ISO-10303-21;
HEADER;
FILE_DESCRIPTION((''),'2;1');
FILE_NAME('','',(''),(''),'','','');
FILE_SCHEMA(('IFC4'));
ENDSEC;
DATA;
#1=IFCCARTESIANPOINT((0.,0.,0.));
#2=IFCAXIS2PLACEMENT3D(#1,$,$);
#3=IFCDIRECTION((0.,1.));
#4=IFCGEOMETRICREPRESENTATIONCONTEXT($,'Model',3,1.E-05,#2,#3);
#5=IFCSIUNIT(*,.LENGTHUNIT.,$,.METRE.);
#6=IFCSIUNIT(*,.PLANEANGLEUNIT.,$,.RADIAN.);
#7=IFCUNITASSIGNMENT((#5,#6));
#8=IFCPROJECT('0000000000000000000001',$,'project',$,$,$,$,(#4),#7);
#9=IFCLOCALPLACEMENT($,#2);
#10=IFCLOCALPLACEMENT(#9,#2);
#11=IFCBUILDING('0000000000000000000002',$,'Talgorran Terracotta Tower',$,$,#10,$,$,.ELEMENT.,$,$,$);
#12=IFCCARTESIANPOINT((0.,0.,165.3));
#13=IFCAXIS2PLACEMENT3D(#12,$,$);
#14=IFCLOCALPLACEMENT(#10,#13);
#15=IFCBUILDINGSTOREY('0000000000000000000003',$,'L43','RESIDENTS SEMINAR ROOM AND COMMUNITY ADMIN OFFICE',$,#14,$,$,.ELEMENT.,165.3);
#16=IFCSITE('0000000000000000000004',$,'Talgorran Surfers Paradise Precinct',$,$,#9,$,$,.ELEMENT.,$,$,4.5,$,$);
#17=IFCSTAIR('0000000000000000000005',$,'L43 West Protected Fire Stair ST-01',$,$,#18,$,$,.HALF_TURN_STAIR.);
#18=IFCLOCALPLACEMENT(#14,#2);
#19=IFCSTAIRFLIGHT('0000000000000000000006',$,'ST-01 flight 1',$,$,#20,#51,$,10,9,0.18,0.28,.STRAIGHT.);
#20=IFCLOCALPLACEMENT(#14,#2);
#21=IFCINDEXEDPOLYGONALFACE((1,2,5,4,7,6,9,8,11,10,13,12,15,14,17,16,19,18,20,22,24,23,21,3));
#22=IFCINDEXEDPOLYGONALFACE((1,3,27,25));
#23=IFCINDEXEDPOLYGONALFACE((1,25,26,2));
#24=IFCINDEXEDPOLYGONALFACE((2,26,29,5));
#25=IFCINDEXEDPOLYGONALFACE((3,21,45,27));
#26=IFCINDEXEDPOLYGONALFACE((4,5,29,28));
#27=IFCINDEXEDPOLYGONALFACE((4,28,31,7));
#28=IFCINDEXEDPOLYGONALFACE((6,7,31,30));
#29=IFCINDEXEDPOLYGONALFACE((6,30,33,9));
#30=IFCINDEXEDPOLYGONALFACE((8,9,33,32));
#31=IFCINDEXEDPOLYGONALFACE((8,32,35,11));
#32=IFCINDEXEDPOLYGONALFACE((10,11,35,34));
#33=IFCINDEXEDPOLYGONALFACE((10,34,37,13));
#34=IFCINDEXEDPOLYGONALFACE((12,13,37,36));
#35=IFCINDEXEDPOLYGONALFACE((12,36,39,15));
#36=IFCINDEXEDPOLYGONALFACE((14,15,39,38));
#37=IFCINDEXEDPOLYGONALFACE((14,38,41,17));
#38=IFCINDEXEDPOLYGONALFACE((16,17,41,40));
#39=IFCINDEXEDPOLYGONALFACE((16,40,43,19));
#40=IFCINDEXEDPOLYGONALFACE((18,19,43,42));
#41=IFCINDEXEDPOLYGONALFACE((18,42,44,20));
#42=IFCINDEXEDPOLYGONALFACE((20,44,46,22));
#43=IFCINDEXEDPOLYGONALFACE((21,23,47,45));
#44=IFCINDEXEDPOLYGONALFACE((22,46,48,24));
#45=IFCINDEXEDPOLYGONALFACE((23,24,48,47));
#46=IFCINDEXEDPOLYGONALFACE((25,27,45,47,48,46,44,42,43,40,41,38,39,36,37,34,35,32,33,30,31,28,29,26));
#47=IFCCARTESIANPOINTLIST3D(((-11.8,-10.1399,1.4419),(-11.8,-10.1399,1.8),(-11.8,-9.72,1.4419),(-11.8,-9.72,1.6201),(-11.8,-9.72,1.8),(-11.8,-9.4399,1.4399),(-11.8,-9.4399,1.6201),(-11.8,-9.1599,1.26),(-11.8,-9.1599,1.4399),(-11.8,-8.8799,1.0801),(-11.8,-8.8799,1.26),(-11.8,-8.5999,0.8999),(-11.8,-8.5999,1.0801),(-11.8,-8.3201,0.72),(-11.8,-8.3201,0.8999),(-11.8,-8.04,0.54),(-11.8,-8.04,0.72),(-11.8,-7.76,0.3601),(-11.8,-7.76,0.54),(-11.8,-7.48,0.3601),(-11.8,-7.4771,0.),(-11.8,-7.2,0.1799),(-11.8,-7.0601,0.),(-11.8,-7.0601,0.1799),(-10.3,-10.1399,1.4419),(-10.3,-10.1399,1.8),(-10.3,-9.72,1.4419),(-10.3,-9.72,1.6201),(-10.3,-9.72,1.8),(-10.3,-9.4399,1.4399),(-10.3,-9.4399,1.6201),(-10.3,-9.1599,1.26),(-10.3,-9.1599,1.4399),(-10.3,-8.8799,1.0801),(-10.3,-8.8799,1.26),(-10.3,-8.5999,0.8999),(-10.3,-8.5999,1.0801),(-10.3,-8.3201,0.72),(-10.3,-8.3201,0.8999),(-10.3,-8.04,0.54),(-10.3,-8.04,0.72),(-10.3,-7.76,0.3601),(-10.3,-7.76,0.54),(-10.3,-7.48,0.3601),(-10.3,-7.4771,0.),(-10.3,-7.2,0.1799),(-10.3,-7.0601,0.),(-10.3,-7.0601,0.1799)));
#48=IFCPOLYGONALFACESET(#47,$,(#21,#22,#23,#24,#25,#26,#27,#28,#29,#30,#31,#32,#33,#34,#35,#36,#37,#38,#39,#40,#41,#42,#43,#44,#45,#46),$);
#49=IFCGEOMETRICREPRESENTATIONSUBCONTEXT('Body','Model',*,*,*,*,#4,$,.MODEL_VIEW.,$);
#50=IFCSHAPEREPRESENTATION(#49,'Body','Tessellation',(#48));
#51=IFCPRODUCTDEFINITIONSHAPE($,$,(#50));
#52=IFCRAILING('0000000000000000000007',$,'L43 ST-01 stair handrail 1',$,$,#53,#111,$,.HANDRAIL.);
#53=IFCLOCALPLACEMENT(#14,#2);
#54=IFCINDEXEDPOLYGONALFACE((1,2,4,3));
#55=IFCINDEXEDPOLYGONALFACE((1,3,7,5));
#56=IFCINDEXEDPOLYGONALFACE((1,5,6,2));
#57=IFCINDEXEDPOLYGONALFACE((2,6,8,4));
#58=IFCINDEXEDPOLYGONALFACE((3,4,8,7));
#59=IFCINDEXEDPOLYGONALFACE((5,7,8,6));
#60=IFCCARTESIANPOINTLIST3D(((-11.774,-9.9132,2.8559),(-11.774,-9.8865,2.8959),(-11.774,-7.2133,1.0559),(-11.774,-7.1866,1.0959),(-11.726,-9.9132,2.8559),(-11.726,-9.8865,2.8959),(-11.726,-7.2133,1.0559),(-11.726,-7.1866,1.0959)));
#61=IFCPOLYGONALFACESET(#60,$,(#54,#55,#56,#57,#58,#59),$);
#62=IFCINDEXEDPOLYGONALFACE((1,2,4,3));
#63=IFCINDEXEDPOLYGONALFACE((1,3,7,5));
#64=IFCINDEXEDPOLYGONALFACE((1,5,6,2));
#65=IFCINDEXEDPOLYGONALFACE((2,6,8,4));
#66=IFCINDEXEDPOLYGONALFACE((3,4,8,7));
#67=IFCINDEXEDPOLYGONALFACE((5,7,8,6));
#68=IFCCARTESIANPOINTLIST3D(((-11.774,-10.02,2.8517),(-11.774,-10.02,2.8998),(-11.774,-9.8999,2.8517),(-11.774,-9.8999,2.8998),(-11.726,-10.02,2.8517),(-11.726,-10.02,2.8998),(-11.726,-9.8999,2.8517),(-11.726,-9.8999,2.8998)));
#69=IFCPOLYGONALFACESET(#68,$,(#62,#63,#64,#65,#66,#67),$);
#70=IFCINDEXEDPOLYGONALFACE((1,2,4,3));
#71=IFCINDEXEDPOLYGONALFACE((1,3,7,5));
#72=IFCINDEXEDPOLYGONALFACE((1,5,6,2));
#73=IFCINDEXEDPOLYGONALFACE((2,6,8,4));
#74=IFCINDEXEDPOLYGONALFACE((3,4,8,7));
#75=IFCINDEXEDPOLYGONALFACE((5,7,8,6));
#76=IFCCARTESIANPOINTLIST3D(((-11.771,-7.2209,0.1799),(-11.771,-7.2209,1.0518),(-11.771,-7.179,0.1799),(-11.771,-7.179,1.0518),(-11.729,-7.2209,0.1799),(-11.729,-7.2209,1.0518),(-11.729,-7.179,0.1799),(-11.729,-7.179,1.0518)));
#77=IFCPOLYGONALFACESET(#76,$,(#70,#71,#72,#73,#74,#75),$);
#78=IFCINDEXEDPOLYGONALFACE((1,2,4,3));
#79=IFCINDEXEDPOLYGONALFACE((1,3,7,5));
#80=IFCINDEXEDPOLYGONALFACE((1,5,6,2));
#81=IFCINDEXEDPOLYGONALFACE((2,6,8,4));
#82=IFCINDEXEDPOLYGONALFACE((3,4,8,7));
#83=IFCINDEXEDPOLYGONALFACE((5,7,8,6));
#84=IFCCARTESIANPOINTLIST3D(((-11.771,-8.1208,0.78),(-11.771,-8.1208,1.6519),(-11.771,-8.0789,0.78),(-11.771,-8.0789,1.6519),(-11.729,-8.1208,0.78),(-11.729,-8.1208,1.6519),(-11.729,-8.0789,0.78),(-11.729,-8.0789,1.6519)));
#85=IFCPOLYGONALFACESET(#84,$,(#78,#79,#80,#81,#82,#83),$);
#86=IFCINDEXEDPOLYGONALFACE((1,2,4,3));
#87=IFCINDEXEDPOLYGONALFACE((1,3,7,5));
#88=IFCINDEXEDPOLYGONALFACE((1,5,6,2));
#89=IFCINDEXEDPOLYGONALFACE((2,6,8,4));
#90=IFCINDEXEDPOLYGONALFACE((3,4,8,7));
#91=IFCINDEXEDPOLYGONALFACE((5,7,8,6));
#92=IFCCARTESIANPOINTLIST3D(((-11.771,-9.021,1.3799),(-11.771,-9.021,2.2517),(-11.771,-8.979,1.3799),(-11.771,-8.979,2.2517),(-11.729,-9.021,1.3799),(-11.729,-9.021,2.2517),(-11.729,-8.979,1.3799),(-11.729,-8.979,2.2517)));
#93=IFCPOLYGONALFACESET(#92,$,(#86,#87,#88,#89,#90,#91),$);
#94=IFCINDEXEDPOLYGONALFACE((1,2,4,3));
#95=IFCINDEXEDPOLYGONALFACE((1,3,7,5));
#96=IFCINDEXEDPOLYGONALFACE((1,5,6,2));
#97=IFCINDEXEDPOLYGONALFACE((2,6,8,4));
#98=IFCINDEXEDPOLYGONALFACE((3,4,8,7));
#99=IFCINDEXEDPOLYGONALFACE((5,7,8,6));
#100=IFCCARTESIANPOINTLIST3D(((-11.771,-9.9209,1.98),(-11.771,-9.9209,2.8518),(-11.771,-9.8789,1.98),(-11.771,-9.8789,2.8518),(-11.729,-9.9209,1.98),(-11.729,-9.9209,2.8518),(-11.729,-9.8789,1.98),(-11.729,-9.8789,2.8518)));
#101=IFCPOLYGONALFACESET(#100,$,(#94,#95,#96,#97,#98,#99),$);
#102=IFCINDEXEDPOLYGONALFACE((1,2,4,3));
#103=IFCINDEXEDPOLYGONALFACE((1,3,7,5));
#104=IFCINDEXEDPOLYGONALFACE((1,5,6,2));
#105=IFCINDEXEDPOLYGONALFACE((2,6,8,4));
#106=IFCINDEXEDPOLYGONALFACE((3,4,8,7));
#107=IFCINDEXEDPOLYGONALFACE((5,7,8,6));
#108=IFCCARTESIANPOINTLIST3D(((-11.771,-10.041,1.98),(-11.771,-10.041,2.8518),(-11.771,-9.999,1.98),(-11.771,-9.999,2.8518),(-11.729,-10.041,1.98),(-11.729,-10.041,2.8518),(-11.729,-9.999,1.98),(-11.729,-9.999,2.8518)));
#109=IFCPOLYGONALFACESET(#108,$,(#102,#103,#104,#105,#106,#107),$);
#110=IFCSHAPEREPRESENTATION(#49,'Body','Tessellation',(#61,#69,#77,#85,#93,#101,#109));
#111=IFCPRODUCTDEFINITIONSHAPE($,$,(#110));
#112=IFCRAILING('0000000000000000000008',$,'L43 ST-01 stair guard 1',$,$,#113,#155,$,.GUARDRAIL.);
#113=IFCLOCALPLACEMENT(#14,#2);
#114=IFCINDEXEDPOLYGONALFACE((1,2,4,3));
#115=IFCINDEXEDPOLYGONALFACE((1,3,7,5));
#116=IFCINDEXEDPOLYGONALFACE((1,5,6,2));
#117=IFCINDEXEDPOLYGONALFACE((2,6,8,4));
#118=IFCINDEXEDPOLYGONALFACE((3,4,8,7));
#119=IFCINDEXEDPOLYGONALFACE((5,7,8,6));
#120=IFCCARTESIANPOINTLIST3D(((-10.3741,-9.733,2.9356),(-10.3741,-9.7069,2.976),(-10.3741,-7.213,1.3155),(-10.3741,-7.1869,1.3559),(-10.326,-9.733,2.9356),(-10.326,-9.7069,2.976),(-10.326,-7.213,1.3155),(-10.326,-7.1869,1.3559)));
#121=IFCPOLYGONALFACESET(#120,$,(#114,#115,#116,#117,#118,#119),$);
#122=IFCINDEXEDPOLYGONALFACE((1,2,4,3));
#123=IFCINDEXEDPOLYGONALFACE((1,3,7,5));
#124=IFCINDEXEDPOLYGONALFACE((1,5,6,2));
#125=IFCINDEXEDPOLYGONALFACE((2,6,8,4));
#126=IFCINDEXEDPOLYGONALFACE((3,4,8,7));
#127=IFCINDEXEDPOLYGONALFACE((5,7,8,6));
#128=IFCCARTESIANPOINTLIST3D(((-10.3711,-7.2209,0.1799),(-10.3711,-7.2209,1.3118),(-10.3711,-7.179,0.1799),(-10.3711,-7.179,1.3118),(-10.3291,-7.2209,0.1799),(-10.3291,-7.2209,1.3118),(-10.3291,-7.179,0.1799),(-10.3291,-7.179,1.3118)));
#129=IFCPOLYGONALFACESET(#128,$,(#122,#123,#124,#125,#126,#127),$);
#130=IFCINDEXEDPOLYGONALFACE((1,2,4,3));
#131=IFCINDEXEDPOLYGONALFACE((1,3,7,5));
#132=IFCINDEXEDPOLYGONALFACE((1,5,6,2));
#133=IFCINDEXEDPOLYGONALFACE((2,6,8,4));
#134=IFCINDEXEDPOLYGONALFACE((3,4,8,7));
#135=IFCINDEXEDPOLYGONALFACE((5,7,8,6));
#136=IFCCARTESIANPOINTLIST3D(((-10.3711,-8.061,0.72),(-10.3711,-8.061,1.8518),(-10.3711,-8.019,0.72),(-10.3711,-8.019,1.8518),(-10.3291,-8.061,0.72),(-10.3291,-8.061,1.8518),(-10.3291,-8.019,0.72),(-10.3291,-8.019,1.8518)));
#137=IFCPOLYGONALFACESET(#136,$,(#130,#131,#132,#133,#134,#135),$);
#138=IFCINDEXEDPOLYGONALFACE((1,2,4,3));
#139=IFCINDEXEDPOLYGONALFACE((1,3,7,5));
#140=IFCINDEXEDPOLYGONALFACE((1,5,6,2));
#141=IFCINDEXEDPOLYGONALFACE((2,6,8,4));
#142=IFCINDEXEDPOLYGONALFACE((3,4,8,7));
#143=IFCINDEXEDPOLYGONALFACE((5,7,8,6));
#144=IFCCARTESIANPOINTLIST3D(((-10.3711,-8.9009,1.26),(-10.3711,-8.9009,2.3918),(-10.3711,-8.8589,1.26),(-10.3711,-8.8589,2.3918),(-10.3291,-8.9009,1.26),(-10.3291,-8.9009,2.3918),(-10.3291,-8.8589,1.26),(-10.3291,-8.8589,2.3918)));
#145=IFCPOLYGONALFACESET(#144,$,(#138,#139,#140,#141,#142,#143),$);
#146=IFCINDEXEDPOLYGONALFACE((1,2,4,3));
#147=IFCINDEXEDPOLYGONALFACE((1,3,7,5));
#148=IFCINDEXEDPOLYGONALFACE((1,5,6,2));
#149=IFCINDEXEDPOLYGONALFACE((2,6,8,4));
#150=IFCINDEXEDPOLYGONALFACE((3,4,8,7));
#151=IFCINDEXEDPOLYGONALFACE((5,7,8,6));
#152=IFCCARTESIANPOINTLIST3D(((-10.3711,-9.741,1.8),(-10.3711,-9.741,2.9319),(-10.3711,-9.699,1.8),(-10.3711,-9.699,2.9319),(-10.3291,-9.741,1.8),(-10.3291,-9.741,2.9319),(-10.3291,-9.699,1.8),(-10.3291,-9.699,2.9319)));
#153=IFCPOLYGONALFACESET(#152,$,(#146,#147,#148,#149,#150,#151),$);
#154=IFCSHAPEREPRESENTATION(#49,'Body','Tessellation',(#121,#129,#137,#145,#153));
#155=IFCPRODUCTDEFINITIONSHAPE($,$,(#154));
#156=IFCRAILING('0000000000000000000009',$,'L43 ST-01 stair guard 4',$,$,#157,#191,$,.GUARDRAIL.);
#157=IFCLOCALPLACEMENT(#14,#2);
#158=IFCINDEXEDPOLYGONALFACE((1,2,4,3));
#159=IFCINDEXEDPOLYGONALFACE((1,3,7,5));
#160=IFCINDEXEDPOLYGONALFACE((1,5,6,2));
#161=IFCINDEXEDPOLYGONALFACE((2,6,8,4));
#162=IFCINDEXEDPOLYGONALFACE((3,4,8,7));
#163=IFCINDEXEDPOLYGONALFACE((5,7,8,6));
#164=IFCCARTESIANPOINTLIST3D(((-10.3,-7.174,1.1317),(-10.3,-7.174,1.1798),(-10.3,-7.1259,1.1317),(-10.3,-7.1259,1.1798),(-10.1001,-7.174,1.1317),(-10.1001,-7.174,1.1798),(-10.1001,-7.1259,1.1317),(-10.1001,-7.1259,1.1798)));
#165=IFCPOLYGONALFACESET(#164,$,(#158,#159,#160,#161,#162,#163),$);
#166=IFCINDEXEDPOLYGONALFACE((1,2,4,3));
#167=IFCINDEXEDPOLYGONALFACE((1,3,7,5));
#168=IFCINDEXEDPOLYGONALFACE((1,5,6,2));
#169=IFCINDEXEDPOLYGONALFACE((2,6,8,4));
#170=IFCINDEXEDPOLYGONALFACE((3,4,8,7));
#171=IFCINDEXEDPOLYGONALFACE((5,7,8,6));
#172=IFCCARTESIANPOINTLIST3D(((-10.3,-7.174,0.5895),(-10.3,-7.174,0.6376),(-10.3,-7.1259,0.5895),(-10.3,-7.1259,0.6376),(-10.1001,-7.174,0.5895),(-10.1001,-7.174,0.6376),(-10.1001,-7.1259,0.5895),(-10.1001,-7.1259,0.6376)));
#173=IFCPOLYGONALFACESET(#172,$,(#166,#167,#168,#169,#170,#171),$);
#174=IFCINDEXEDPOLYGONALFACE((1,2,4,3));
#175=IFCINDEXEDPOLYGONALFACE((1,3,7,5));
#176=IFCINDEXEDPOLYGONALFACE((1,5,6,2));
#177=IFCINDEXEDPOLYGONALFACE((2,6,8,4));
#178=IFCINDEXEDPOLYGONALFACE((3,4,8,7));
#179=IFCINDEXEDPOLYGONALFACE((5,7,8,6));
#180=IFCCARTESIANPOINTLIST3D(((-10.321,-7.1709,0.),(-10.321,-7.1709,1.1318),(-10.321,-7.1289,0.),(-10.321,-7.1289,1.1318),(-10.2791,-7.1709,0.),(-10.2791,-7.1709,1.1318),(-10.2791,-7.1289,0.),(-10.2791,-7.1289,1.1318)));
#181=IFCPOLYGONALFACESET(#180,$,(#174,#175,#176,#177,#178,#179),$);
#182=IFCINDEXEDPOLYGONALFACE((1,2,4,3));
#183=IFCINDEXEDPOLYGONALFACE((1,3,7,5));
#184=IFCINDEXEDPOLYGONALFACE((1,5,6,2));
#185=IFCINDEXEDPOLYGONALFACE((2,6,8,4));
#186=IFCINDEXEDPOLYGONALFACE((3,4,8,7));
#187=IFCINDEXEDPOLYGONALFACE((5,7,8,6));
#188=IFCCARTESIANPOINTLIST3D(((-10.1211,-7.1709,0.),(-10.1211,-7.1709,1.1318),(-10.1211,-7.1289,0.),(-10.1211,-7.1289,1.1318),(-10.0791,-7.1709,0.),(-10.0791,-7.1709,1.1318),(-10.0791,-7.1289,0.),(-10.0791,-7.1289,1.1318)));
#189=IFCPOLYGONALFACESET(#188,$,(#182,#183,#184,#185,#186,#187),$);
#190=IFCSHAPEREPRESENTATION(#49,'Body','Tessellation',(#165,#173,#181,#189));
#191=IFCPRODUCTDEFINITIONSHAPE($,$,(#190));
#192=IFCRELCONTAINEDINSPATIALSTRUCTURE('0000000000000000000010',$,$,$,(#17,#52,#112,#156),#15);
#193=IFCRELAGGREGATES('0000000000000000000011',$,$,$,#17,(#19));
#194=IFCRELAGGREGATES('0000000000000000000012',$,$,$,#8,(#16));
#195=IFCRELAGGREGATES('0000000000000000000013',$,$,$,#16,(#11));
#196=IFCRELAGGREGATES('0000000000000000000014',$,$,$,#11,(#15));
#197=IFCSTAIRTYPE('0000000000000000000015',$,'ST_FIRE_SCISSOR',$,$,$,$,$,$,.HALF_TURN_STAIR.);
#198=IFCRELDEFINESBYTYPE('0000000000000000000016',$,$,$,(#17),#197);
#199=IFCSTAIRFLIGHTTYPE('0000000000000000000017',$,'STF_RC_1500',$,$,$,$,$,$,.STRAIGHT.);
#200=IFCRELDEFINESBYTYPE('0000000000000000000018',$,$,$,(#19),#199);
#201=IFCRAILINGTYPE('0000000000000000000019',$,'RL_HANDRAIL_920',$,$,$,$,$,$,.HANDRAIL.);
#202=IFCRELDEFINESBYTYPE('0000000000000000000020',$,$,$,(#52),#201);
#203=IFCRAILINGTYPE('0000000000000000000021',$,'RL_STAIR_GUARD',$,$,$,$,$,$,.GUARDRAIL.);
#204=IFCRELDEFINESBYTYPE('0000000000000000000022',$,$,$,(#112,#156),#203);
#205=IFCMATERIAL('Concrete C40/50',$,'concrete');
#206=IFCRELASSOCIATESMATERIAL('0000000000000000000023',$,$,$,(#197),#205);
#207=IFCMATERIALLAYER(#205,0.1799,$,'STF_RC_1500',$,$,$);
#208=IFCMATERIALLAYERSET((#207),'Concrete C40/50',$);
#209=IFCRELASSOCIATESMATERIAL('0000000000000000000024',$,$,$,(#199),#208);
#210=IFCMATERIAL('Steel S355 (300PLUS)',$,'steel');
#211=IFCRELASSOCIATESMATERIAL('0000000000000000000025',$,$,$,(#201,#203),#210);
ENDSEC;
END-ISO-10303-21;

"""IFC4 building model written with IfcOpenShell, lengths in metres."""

from ifc_helpers import new_model, si_unit, direction, frame, origin, origin_2d, place, context, subcontext, project, spatial, polyline, rectangle, outline, extrude, material, layer, layer_set, type_object, element, aggregate, save


model = new_model("IFC4")

# Units and contexts
model_context = context("Model", 3, precision=1e-05, world=origin(), true_north=direction((0.0, 1.0)))
body_context = subcontext(model_context, "Body", "Model", "MODEL_VIEW")
ifc_project = project(units=[si_unit("LENGTHUNIT", "METRE"), si_unit("PLANEANGLEUNIT", "RADIAN")], contexts=[model_context])

# Site, building, storey
site_placement = place(None, origin())
site = spatial("IfcSite", under=ifc_project, at=site_placement, Name="Talgorran Surfers Paradise Precinct", CompositionType="ELEMENT", RefElevation=4.5)
building_placement = place(site_placement, origin())
building = spatial("IfcBuilding", under=site, at=building_placement, Name="Talgorran Terracotta Tower", CompositionType="ELEMENT")
storey_placement = place(building_placement, frame((0.0, 0.0, 165.3)))
storey = spatial("IfcBuildingStorey", under=building, at=storey_placement, Name="L43", Description="RESIDENTS SEMINAR ROOM AND COMMUNITY ADMIN OFFICE", CompositionType="ELEMENT", Elevation=165.3)

# Shared definitions
ifc_material_1 = material(Name="Steel S355 (300PLUS)", Category="steel")

# Shared definitions
ifc_material_2 = material(Name="Concrete C40/50", Category="concrete")

# Stair, stair flight
stair_type = type_object("IfcStairType", Name="ST_FIRE_SCISSOR", PredefinedType="HALF_TURN_STAIR", material=ifc_material_2)
stair_placement = place(storey_placement, origin())
stair = element("IfcStair", 1, at=stair_placement, inside=storey, type_object=stair_type, Name="L43 West Protected Fire Stair ST-01", PredefinedType="HALF_TURN_STAIR")
ifc_layer_1 = layer(ifc_material_2, 0.1799, Name="STF_RC_1500")
ifc_layer_set_1 = layer_set([ifc_layer_1], Name="Concrete C40/50")
stair_flight_type = type_object("IfcStairFlightType", Name="STF_RC_1500", PredefinedType="STRAIGHT", material=ifc_layer_set_1)
stair_flight_placement = place(storey_placement, frame((-11.05, -7.2, 0.0), z_axis=(0.0, 0.0, 1.0), x_axis=(0.0, -1.0, 0.0)))
stair_flight = element("IfcStairFlight", 2, at=stair_flight_placement, type_object=stair_flight_type, Name="ST-01 flight 1", NumberOfRisers=10, NumberOfTreads=9, PredefinedType="STRAIGHT", RiserHeight=0.18, TreadLength=0.28, context=body_context, shape_type="SweptSolid", body=[
    extrude(outline(polyline([(-0.1399, 0.0), (-0.1399, 0.1799), (0.0, 0.1799), (0.28, 0.3601), (0.5601, 0.3601), (0.5601, 0.54), (0.8401, 0.54), (0.8401, 0.72), (1.1201, 0.72), (1.1201, 0.8999), (1.3999, 0.8999), (1.3999, 1.0801), (1.6799, 1.0801), (1.6799, 1.26), (1.96, 1.26), (1.96, 1.4399), (2.24, 1.4399), (2.24, 1.6201), (2.52, 1.6201), (2.52, 1.8), (2.9399, 1.8), (2.9399, 1.4419), (2.52, 1.4419), (0.2771, 0.0), (-0.1399, 0.0)])), frame((0.0, 0.75, 0.0), z_axis=(0.0, -1.0, 0.0), x_axis=(1.0, 0.0, 0.0)), (0.0, 0.0, 1.0), 1.5),
])
aggregate(stair, [stair_flight])

# Railings
railing_type_1 = type_object("IfcRailingType", Name="RL_HANDRAIL_920", PredefinedType="HANDRAIL", material=ifc_material_1)
railing_1_placement = place(storey_placement, frame((-11.75, -7.2, 0.1799)))
element("IfcRailing", 3, at=railing_1_placement, inside=storey, type_object=railing_type_1, Name="L43 ST-01 stair handrail 1", PredefinedType="HANDRAIL", context=body_context, shape_type="SweptSolid", body=[
    extrude(rectangle(XDim=0.0481, YDim=0.0481, at=origin_2d()), frame((0.0, 0.0, 0.896), z_axis=(0.0, -0.832039, 0.554718), x_axis=(1.0, 0.0, 0.0)), (0.0, 0.0, 1.0), 3.2449),
    extrude(rectangle(XDim=0.0481, YDim=0.0481, at=origin_2d()), frame((0.0, -2.7, 2.6958), z_axis=(0.0, -1.0, 0.0), x_axis=(1.0, 0.0, 0.0)), (0.0, 0.0, 1.0), 0.1201),
    extrude(rectangle(XDim=0.042, YDim=0.042, at=origin_2d()), origin(), (0.0, 0.0, 1.0), 0.8718),
    extrude(rectangle(XDim=0.042, YDim=0.042, at=origin_2d()), frame((0.0, -0.8999, 0.6001)), (0.0, 0.0, 1.0), 0.8718),
    extrude(rectangle(XDim=0.042, YDim=0.042, at=origin_2d()), frame((0.0, -1.8, 1.2)), (0.0, 0.0, 1.0), 0.8718),
    extrude(rectangle(XDim=0.042, YDim=0.042, at=origin_2d()), frame((0.0, -2.7, 1.8)), (0.0, 0.0, 1.0), 0.8718),
    extrude(rectangle(XDim=0.042, YDim=0.042, at=origin_2d()), frame((0.0, -2.8201, 1.8)), (0.0, 0.0, 1.0), 0.8718),
])
railing_type_2 = type_object("IfcRailingType", Name="RL_STAIR_GUARD", PredefinedType="GUARDRAIL", material=ifc_material_1)
railing_2_placement = place(storey_placement, frame((-10.3501, -7.2, 0.1799)))
element("IfcRailing", 4, at=railing_2_placement, inside=storey, type_object=railing_type_2, Name="L43 ST-01 stair guard 1", PredefinedType="GUARDRAIL", context=body_context, shape_type="SweptSolid", body=[
    extrude(rectangle(XDim=0.0481, YDim=0.0481, at=origin_2d()), frame((0.0, 0.0, 1.1558), z_axis=(0.0, -0.841163, 0.540782), x_axis=(1.0, 0.0, 0.0)), (0.0, 0.0, 1.0), 2.9958),
    extrude(rectangle(XDim=0.042, YDim=0.042, at=origin_2d()), origin(), (0.0, 0.0, 1.0), 1.1318),
    extrude(rectangle(XDim=0.042, YDim=0.042, at=origin_2d()), frame((0.0, -0.8401, 0.54)), (0.0, 0.0, 1.0), 1.1318),
    extrude(rectangle(XDim=0.042, YDim=0.042, at=origin_2d()), frame((0.0, -1.6799, 1.0801)), (0.0, 0.0, 1.0), 1.1318),
    extrude(rectangle(XDim=0.042, YDim=0.042, at=origin_2d()), frame((0.0, -2.52, 1.6201)), (0.0, 0.0, 1.0), 1.1318),
])
railing_3_placement = place(storey_placement, frame((-10.3, -7.1499, 0.0)))
element("IfcRailing", 5, at=railing_3_placement, inside=storey, type_object=railing_type_2, Name="L43 ST-01 stair guard 4", PredefinedType="GUARDRAIL", context=body_context, shape_type="SweptSolid", body=[
    extrude(rectangle(XDim=0.0481, YDim=0.0481, at=origin_2d()), frame((0.0, 0.0, 1.1558), z_axis=(1.0, 0.0, 0.0), x_axis=(0.0, 1.0, 0.0)), (0.0, 0.0, 1.0), 0.2),
    extrude(rectangle(XDim=0.0481, YDim=0.0481, at=origin_2d()), frame((0.0, 0.0, 0.6135), z_axis=(1.0, 0.0, 0.0), x_axis=(0.0, 1.0, 0.0)), (0.0, 0.0, 1.0), 0.2),
    extrude(rectangle(XDim=0.042, YDim=0.042, at=origin_2d()), origin(), (0.0, 0.0, 1.0), 1.1318),
    extrude(rectangle(XDim=0.042, YDim=0.042, at=origin_2d()), frame((0.2, 0.0, 0.0)), (0.0, 0.0, 1.0), 1.1318),
])

save(model, "model.ifc")
